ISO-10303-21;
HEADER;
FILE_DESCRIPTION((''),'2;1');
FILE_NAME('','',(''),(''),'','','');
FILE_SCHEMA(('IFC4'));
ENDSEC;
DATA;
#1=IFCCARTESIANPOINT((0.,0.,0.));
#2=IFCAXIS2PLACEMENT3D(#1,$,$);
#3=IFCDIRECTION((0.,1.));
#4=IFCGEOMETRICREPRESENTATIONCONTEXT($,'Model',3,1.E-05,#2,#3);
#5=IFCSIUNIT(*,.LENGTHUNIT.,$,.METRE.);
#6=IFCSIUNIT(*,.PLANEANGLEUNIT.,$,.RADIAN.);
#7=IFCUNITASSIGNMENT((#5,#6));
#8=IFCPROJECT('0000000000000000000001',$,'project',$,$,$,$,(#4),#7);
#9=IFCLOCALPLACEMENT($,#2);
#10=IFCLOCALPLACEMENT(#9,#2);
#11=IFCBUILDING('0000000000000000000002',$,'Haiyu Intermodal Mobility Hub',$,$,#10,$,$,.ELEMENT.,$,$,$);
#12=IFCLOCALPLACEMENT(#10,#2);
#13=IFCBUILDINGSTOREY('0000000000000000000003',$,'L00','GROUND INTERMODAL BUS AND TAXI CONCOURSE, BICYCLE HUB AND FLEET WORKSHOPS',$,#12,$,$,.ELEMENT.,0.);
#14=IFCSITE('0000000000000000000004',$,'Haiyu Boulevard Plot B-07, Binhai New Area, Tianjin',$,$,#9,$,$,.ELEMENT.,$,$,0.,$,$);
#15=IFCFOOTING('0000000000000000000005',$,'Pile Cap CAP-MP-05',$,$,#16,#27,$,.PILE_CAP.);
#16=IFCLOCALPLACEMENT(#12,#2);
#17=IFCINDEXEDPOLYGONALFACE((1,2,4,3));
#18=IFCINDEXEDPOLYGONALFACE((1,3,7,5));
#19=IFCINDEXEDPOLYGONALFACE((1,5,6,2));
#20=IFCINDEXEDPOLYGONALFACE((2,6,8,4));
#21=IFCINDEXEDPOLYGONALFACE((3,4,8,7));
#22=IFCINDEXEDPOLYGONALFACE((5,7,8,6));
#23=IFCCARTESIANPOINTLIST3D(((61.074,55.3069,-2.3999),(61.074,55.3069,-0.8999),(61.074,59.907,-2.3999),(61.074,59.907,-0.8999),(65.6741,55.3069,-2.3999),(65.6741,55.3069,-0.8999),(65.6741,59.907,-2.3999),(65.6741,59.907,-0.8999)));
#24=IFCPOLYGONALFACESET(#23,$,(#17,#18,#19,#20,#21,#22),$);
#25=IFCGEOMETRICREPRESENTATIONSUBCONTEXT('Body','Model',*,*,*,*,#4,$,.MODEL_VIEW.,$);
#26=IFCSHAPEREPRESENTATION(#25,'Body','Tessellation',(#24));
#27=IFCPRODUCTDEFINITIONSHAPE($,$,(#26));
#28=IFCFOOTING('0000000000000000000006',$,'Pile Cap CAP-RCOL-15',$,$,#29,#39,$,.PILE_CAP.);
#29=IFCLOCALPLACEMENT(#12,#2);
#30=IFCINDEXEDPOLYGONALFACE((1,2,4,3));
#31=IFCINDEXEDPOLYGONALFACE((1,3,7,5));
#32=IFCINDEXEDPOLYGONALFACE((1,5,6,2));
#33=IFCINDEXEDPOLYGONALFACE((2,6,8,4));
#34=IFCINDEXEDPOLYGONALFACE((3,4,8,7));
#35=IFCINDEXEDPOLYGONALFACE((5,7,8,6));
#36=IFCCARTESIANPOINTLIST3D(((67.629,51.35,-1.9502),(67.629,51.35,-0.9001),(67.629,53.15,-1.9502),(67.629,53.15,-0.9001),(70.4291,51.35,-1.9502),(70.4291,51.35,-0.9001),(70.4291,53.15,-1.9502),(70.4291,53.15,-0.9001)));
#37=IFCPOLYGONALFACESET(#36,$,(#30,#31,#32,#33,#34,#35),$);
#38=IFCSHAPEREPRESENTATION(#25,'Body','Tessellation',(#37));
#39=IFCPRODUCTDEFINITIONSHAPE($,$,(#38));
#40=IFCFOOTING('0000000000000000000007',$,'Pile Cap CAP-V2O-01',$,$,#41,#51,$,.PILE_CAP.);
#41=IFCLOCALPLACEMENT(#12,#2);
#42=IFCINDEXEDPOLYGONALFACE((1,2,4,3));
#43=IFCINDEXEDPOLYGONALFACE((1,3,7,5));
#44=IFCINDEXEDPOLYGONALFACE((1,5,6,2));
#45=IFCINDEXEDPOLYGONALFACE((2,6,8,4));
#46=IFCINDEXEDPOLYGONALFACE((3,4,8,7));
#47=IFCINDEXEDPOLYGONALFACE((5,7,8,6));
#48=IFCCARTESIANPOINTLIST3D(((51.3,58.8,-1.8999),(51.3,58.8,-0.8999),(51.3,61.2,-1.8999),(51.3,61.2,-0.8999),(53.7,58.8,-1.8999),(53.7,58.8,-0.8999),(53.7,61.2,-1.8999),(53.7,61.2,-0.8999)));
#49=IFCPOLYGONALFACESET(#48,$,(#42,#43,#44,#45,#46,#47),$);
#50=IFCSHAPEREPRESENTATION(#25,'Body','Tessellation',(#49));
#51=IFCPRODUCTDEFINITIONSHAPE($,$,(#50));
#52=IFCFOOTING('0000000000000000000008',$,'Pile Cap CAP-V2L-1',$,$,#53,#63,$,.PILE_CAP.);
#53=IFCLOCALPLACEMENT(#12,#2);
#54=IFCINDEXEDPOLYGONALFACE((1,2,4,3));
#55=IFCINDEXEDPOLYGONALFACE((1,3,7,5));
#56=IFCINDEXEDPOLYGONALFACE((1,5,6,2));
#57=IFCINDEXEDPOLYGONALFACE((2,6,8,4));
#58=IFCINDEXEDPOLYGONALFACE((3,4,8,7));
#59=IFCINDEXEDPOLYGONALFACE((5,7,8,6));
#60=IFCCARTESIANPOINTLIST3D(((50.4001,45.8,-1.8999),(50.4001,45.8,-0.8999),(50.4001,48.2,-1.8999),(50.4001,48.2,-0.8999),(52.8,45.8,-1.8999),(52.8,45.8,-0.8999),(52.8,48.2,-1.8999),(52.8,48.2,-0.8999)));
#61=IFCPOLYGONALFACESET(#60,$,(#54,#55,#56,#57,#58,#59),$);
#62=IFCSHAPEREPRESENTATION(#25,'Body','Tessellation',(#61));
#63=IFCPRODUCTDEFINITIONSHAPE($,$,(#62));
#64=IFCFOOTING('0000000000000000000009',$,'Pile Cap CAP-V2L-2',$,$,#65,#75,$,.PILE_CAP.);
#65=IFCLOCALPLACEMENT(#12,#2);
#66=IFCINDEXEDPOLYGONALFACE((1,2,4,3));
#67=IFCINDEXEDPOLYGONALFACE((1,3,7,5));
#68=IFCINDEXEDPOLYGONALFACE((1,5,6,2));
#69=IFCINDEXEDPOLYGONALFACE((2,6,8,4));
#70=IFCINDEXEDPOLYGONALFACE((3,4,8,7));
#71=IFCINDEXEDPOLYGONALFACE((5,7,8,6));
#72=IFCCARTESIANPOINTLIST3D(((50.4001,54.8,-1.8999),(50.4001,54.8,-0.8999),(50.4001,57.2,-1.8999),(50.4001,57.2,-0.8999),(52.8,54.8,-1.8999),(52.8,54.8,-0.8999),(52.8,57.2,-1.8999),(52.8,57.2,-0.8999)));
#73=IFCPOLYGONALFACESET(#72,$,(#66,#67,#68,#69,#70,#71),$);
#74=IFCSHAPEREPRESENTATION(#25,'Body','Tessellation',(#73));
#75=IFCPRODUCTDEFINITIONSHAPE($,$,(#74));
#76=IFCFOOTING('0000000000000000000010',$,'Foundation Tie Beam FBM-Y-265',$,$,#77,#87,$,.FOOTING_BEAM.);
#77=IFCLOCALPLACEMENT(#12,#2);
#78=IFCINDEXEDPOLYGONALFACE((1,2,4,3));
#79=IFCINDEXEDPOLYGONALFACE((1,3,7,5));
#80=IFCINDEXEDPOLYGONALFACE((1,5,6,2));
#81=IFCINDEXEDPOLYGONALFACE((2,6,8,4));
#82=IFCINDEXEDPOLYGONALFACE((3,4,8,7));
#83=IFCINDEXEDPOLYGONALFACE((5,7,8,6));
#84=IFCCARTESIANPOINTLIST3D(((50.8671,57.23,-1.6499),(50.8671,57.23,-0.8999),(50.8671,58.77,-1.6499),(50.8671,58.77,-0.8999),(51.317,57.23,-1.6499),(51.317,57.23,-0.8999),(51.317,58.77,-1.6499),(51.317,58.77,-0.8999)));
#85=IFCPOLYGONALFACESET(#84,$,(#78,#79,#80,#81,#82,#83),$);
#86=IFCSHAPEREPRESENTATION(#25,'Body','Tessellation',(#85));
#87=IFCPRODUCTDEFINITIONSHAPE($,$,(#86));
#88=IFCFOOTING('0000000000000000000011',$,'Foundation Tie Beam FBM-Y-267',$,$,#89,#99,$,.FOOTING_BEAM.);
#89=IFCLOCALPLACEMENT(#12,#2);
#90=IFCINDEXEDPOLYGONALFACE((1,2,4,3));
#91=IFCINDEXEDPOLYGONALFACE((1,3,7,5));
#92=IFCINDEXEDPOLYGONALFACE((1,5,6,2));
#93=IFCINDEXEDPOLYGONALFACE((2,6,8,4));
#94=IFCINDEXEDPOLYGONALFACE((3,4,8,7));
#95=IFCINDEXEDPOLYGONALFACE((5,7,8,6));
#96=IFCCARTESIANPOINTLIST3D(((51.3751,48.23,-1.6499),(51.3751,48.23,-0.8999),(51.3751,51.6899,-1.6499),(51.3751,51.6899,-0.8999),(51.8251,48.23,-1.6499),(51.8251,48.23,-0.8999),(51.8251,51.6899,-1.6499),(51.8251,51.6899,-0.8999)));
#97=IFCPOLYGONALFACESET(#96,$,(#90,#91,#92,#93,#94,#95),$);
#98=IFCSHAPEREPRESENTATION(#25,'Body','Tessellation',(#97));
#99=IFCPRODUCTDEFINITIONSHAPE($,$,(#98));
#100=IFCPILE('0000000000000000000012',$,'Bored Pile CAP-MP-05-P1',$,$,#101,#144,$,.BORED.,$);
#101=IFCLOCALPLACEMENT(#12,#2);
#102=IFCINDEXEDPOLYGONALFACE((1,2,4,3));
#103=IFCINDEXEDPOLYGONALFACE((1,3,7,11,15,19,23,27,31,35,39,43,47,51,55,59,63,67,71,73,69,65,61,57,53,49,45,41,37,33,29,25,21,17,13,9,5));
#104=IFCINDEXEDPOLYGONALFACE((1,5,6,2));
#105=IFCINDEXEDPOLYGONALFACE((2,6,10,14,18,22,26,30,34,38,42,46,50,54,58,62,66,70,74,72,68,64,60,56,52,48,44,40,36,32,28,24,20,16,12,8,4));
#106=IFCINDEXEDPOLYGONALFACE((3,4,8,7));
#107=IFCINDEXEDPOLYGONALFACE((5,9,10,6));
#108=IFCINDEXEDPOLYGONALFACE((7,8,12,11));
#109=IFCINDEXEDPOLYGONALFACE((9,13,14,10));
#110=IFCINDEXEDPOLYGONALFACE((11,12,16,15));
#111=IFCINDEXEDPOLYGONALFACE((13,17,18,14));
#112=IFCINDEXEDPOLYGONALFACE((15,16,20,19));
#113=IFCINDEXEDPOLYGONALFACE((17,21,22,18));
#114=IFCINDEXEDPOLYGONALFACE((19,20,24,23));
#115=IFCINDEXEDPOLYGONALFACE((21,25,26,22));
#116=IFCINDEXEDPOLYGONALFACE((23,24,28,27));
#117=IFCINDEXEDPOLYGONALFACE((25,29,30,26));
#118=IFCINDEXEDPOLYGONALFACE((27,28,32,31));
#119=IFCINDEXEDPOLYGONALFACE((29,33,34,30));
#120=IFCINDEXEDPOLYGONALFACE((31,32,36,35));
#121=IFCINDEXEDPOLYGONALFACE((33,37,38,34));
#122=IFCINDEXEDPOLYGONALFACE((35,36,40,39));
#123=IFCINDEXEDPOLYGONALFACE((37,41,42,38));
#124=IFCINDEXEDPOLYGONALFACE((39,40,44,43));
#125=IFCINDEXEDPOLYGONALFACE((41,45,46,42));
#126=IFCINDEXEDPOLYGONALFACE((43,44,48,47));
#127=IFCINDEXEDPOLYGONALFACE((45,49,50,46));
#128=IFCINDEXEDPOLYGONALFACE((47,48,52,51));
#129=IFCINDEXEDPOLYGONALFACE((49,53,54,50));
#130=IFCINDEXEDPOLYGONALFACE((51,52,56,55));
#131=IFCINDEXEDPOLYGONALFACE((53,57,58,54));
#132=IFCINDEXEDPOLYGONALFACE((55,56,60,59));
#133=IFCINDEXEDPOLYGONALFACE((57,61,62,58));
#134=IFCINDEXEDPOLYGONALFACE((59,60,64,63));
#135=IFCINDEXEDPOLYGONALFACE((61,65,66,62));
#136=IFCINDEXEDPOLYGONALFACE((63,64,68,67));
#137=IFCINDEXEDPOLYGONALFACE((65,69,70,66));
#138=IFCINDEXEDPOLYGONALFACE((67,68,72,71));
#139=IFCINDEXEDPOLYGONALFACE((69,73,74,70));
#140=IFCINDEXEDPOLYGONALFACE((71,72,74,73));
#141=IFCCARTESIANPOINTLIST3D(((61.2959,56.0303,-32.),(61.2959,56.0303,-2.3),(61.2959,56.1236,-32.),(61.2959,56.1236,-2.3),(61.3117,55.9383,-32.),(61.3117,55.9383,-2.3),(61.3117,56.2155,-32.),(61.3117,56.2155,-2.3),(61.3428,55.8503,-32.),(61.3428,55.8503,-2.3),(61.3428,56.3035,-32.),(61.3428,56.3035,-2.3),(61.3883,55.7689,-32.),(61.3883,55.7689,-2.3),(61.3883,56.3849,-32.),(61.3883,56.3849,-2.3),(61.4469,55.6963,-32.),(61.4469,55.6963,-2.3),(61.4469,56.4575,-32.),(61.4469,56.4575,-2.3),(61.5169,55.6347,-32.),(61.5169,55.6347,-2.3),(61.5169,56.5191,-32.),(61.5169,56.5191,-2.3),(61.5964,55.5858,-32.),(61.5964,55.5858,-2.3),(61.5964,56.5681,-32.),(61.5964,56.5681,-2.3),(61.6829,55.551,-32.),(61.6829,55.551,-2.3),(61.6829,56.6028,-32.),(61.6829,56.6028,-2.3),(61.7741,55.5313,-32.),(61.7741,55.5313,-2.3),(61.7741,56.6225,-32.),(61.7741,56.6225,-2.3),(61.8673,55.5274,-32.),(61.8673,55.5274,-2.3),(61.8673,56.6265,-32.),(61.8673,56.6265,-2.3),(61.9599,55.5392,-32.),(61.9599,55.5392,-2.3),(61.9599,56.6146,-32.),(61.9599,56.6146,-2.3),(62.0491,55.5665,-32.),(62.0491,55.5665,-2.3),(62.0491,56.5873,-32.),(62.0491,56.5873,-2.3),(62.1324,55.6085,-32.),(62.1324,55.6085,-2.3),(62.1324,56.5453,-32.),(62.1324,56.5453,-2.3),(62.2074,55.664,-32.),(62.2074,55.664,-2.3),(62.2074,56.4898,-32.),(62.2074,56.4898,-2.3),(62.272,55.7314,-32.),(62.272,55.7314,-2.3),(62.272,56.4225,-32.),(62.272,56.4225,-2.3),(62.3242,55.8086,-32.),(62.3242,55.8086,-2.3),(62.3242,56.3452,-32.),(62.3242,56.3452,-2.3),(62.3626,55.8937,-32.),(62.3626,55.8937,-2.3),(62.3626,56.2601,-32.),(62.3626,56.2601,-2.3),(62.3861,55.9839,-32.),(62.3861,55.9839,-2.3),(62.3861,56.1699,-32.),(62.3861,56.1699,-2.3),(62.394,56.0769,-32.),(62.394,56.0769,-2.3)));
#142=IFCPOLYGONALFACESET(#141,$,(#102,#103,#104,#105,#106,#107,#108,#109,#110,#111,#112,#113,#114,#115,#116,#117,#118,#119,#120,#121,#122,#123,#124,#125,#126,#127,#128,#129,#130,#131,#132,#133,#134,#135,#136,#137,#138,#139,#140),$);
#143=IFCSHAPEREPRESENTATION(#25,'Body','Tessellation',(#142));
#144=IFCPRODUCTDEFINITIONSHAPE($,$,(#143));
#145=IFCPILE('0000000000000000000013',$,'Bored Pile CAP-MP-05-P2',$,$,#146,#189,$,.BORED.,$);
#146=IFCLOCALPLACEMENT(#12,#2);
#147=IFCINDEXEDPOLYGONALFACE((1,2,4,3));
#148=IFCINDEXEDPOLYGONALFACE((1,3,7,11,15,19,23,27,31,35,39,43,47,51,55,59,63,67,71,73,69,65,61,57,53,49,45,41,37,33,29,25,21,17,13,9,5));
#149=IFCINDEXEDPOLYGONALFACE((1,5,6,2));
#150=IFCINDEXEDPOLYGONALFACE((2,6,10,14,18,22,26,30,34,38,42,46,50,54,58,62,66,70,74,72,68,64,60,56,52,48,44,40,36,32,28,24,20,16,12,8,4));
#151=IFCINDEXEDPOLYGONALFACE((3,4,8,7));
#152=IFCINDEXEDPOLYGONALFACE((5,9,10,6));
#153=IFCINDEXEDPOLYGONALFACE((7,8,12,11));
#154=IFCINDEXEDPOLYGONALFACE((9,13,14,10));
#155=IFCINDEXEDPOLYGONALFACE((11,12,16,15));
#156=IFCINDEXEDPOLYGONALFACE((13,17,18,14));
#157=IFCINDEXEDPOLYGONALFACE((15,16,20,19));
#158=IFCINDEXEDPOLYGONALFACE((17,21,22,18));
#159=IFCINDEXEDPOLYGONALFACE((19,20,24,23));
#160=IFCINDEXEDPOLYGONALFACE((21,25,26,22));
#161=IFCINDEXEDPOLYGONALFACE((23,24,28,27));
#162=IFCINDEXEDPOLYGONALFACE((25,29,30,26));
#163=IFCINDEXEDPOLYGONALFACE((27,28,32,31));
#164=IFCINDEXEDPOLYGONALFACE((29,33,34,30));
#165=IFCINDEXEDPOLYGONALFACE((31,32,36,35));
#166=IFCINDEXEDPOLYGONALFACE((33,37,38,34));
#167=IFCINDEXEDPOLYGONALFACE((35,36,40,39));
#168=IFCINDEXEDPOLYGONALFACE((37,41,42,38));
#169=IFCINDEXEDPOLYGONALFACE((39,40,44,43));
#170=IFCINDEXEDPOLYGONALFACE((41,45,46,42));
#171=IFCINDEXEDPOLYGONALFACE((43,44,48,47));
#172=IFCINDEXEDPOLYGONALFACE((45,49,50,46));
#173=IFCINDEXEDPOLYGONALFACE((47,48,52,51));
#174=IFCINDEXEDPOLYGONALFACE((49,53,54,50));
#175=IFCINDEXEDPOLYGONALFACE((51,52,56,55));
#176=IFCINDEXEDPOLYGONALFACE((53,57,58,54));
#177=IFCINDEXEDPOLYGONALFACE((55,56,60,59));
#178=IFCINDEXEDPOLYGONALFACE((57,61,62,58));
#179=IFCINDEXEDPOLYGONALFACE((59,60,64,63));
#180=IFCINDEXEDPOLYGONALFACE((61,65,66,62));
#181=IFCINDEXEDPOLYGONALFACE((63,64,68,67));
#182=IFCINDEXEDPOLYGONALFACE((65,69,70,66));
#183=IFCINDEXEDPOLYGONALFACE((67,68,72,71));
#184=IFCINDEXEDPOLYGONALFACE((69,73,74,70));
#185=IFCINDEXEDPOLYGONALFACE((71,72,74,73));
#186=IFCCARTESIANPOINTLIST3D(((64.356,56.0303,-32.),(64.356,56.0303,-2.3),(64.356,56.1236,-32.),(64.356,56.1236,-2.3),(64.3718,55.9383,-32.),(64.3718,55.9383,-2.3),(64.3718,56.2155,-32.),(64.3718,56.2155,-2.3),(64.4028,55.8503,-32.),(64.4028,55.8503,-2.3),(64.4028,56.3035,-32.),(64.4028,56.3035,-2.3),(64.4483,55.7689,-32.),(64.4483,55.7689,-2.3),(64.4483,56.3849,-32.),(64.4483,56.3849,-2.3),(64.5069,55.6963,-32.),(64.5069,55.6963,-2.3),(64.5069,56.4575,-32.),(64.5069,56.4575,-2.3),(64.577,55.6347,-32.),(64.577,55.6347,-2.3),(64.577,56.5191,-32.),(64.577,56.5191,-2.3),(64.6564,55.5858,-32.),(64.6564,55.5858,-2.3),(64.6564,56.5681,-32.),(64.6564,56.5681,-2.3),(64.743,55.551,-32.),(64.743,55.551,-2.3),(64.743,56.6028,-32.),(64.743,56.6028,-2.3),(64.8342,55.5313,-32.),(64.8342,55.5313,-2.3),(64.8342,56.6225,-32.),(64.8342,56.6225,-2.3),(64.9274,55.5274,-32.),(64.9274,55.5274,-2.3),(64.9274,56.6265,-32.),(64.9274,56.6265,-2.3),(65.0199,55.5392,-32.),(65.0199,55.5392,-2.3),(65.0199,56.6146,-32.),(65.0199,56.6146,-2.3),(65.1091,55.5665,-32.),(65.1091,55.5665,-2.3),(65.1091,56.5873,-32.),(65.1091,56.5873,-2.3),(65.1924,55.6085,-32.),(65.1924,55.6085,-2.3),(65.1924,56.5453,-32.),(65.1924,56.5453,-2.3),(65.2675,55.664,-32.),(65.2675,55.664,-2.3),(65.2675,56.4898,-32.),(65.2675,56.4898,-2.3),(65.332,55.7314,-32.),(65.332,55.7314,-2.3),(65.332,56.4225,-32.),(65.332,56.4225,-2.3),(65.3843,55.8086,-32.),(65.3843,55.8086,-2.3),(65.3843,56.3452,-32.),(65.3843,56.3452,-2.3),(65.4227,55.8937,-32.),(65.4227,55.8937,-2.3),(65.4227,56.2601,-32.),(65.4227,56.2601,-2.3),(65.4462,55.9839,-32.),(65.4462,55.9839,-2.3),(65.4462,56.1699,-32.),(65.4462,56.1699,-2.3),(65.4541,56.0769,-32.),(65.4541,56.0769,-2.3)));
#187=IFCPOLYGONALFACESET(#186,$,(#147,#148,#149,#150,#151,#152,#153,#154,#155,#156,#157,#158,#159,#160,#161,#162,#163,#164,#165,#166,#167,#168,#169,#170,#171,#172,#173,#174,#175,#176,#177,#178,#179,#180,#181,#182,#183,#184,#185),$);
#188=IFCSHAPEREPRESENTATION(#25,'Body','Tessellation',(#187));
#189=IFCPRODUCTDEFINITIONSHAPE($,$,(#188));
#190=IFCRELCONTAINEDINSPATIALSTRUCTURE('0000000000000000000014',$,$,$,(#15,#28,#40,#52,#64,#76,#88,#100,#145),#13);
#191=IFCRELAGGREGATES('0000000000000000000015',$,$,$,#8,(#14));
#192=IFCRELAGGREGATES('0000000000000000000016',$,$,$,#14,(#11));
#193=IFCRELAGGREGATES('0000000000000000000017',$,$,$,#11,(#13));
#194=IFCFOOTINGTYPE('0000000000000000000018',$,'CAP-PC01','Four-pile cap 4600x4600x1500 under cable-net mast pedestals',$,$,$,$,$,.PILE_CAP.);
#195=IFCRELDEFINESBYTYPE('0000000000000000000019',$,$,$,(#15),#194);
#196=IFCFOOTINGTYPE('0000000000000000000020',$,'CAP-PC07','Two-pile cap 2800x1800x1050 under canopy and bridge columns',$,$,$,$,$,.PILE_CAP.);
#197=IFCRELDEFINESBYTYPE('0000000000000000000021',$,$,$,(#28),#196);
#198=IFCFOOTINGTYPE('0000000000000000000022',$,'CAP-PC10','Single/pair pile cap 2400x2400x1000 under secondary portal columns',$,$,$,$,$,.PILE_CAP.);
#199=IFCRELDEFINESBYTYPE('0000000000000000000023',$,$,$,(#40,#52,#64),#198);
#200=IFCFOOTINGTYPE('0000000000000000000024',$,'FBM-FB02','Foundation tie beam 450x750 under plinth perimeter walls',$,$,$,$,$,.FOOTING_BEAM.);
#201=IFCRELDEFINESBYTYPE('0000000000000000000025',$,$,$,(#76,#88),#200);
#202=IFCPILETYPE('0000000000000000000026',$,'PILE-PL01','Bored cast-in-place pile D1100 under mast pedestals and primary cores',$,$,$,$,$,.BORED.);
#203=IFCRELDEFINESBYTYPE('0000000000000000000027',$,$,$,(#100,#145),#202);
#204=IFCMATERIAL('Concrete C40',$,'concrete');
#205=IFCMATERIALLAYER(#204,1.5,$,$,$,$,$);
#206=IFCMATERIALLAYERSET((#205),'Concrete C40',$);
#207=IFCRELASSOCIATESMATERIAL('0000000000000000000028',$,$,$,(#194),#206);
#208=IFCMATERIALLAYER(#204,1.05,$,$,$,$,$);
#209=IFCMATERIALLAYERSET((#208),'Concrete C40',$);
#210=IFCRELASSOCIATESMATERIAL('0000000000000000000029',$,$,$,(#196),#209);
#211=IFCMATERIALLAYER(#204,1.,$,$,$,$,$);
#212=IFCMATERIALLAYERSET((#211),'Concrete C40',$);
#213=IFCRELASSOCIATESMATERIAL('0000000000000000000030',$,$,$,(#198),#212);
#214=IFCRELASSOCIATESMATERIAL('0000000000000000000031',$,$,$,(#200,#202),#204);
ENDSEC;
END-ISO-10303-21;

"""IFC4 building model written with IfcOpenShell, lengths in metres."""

from ifc_helpers import new_model, si_unit, direction, frame, origin, origin_2d, place, context, subcontext, project, spatial, rectangle, circle, extrude, material, layer, layer_set, material_profile, profile_set, type_object, element, save


model = new_model("IFC4")

# Units and contexts
model_context = context("Model", 3, precision=1e-05, world=origin(), true_north=direction((0.0, 1.0)))
body_context = subcontext(model_context, "Body", "Model", "MODEL_VIEW")
ifc_project = project(units=[si_unit("LENGTHUNIT", "METRE"), si_unit("PLANEANGLEUNIT", "RADIAN")], contexts=[model_context])

# Site, building, storey
site_placement = place(None, origin())
site = spatial("IfcSite", under=ifc_project, at=site_placement, Name="Haiyu Boulevard Plot B-07, Binhai New Area, Tianjin", CompositionType="ELEMENT", RefElevation=0.0)
building_placement = place(site_placement, origin())
building = spatial("IfcBuilding", under=site, at=building_placement, Name="Haiyu Intermodal Mobility Hub", CompositionType="ELEMENT")
storey_placement = place(building_placement, origin())
storey = spatial("IfcBuildingStorey", under=building, at=storey_placement, Name="L00", Description="GROUND INTERMODAL BUS AND TAXI CONCOURSE, BICYCLE HUB AND FLEET WORKSHOPS", CompositionType="ELEMENT", Elevation=0.0)

# Footings
ifc_material_1 = material(Name="Concrete C40", Category="concrete")
ifc_layer_1 = layer(ifc_material_1, 1.5)
ifc_layer_set_1 = layer_set([ifc_layer_1], Name="Concrete C40")
footing_type_1 = type_object("IfcFootingType", Name="CAP-PC01", Description="Four-pile cap 4600x4600x1500 under cable-net mast pedestals", PredefinedType="PILE_CAP", material=ifc_layer_set_1)
footing_1_placement = place(storey_placement, frame((63.374, 57.6069, -2.3999), z_axis=(0.0, 0.0, 1.0), x_axis=(1.0, 0.0, 0.0)))
element("IfcFooting", 1, at=footing_1_placement, inside=storey, type_object=footing_type_1, Name="Pile Cap CAP-MP-05", PredefinedType="PILE_CAP", context=body_context, shape_type="SweptSolid", body=[
    extrude(rectangle(XDim=4.6001, YDim=4.6001, at=origin_2d()), origin(), (0.0, 0.0, 1.0), 1.5),
])
ifc_layer_2 = layer(ifc_material_1, 1.05)
ifc_layer_set_2 = layer_set([ifc_layer_2], Name="Concrete C40")
footing_type_2 = type_object("IfcFootingType", Name="CAP-PC07", Description="Two-pile cap 2800x1800x1050 under canopy and bridge columns", PredefinedType="PILE_CAP", material=ifc_layer_set_2)
footing_2_placement = place(storey_placement, frame((69.0291, 52.25, -1.9502), z_axis=(0.0, 0.0, 1.0), x_axis=(1.0, 0.0, 0.0)))
element("IfcFooting", 2, at=footing_2_placement, inside=storey, type_object=footing_type_2, Name="Pile Cap CAP-RCOL-15", PredefinedType="PILE_CAP", context=body_context, shape_type="SweptSolid", body=[
    extrude(rectangle(XDim=2.8, YDim=1.8, at=origin_2d()), origin(), (0.0, 0.0, 1.0), 1.05),
])
ifc_layer_3 = layer(ifc_material_1, 1.0)
ifc_layer_set_3 = layer_set([ifc_layer_3], Name="Concrete C40")
footing_type_3 = type_object("IfcFootingType", Name="CAP-PC10", Description="Single/pair pile cap 2400x2400x1000 under secondary portal columns", PredefinedType="PILE_CAP", material=ifc_layer_set_3)
for number, where, z_axis, x_axis, name in (
    (3, (52.5, 60.0, -1.8999), (0.0, 0.0, 1.0), (1.0, 0.0, 0.0), "Pile Cap CAP-V2O-01"),
    (4, (51.6001, 47.0, -1.8999), (0.0, 0.0, 1.0), (1.0, 0.0, 0.0), "Pile Cap CAP-V2L-1"),
    (5, (51.6001, 56.0, -1.8999), (0.0, 0.0, 1.0), (1.0, 0.0, 0.0), "Pile Cap CAP-V2L-2"),
):
    element("IfcFooting", number, at=place(storey_placement, frame(where, z_axis=z_axis, x_axis=x_axis)), inside=storey, type_object=footing_type_3, Name=name, PredefinedType="PILE_CAP", context=body_context, shape_type="SweptSolid", body=[
        extrude(rectangle(XDim=2.3999, YDim=2.3999, at=origin_2d()), origin(), (0.0, 0.0, 1.0), 1.0),
    ])
ifc_material_profile_1 = material_profile(ifc_material_1, rectangle(XDim=0.45, YDim=0.75, at=origin_2d()), Name="FB450x750")
ifc_profile_set_1 = profile_set([ifc_material_profile_1], Name="Concrete C40")
footing_type_4 = type_object("IfcFootingType", Name="FBM-FB02", Description="Foundation tie beam 450x750 under plinth perimeter walls", PredefinedType="FOOTING_BEAM", material=ifc_profile_set_1)
footing_3_placement = place(storey_placement, frame((51.092, 57.23, -1.2749), z_axis=(0.0, 1.0, 0.0), x_axis=(-1.0, 0.0, 0.0)))
element("IfcFooting", 6, at=footing_3_placement, inside=storey, type_object=footing_type_4, Name="Foundation Tie Beam FBM-Y-265", PredefinedType="FOOTING_BEAM", context=body_context, shape_type="SweptSolid", body=[
    extrude(rectangle(XDim=0.45, YDim=0.75, at=origin_2d()), origin(), (0.0, 0.0, 1.0), 1.54),
])
footing_4_placement = place(storey_placement, frame((51.6001, 48.23, -1.2749), z_axis=(0.0, 1.0, 0.0), x_axis=(-1.0, 0.0, 0.0)))
element("IfcFooting", 7, at=footing_4_placement, inside=storey, type_object=footing_type_4, Name="Foundation Tie Beam FBM-Y-267", PredefinedType="FOOTING_BEAM", context=body_context, shape_type="SweptSolid", body=[
    extrude(rectangle(XDim=0.45, YDim=0.75, at=origin_2d()), origin(), (0.0, 0.0, 1.0), 3.46),
])

# Piles
ifc_material_profile_2 = material_profile(ifc_material_1, circle(Radius=0.55, at=origin_2d()), Name="PILE-D1100")
ifc_profile_set_2 = profile_set([ifc_material_profile_2], Name="Concrete C40")
pile_type_1 = type_object("IfcPileType", Name="PILE-PL01", Description="Bored cast-in-place pile D1100 under mast pedestals and primary cores", PredefinedType="BORED", material=ifc_profile_set_2)
for number, where, z_axis, x_axis, name in (
    (8, (61.844, 56.0769, -2.3), (0.0, 0.0, -1.0), (1.0, 0.0, 0.0), "Bored Pile CAP-MP-05-P1"),
    (9, (64.9041, 56.0769, -2.3), (0.0, 0.0, -1.0), (1.0, 0.0, 0.0), "Bored Pile CAP-MP-05-P2"),
):
    element("IfcPile", number, at=place(storey_placement, frame(where, z_axis=z_axis, x_axis=x_axis)), inside=storey, type_object=pile_type_1, Name=name, PredefinedType="BORED", context=body_context, shape_type="SweptSolid", body=[
        extrude(circle(Radius=0.55, at=origin_2d()), origin(), (0.0, 0.0, 1.0), 29.7),
    ])

save(model, "model.ifc")
